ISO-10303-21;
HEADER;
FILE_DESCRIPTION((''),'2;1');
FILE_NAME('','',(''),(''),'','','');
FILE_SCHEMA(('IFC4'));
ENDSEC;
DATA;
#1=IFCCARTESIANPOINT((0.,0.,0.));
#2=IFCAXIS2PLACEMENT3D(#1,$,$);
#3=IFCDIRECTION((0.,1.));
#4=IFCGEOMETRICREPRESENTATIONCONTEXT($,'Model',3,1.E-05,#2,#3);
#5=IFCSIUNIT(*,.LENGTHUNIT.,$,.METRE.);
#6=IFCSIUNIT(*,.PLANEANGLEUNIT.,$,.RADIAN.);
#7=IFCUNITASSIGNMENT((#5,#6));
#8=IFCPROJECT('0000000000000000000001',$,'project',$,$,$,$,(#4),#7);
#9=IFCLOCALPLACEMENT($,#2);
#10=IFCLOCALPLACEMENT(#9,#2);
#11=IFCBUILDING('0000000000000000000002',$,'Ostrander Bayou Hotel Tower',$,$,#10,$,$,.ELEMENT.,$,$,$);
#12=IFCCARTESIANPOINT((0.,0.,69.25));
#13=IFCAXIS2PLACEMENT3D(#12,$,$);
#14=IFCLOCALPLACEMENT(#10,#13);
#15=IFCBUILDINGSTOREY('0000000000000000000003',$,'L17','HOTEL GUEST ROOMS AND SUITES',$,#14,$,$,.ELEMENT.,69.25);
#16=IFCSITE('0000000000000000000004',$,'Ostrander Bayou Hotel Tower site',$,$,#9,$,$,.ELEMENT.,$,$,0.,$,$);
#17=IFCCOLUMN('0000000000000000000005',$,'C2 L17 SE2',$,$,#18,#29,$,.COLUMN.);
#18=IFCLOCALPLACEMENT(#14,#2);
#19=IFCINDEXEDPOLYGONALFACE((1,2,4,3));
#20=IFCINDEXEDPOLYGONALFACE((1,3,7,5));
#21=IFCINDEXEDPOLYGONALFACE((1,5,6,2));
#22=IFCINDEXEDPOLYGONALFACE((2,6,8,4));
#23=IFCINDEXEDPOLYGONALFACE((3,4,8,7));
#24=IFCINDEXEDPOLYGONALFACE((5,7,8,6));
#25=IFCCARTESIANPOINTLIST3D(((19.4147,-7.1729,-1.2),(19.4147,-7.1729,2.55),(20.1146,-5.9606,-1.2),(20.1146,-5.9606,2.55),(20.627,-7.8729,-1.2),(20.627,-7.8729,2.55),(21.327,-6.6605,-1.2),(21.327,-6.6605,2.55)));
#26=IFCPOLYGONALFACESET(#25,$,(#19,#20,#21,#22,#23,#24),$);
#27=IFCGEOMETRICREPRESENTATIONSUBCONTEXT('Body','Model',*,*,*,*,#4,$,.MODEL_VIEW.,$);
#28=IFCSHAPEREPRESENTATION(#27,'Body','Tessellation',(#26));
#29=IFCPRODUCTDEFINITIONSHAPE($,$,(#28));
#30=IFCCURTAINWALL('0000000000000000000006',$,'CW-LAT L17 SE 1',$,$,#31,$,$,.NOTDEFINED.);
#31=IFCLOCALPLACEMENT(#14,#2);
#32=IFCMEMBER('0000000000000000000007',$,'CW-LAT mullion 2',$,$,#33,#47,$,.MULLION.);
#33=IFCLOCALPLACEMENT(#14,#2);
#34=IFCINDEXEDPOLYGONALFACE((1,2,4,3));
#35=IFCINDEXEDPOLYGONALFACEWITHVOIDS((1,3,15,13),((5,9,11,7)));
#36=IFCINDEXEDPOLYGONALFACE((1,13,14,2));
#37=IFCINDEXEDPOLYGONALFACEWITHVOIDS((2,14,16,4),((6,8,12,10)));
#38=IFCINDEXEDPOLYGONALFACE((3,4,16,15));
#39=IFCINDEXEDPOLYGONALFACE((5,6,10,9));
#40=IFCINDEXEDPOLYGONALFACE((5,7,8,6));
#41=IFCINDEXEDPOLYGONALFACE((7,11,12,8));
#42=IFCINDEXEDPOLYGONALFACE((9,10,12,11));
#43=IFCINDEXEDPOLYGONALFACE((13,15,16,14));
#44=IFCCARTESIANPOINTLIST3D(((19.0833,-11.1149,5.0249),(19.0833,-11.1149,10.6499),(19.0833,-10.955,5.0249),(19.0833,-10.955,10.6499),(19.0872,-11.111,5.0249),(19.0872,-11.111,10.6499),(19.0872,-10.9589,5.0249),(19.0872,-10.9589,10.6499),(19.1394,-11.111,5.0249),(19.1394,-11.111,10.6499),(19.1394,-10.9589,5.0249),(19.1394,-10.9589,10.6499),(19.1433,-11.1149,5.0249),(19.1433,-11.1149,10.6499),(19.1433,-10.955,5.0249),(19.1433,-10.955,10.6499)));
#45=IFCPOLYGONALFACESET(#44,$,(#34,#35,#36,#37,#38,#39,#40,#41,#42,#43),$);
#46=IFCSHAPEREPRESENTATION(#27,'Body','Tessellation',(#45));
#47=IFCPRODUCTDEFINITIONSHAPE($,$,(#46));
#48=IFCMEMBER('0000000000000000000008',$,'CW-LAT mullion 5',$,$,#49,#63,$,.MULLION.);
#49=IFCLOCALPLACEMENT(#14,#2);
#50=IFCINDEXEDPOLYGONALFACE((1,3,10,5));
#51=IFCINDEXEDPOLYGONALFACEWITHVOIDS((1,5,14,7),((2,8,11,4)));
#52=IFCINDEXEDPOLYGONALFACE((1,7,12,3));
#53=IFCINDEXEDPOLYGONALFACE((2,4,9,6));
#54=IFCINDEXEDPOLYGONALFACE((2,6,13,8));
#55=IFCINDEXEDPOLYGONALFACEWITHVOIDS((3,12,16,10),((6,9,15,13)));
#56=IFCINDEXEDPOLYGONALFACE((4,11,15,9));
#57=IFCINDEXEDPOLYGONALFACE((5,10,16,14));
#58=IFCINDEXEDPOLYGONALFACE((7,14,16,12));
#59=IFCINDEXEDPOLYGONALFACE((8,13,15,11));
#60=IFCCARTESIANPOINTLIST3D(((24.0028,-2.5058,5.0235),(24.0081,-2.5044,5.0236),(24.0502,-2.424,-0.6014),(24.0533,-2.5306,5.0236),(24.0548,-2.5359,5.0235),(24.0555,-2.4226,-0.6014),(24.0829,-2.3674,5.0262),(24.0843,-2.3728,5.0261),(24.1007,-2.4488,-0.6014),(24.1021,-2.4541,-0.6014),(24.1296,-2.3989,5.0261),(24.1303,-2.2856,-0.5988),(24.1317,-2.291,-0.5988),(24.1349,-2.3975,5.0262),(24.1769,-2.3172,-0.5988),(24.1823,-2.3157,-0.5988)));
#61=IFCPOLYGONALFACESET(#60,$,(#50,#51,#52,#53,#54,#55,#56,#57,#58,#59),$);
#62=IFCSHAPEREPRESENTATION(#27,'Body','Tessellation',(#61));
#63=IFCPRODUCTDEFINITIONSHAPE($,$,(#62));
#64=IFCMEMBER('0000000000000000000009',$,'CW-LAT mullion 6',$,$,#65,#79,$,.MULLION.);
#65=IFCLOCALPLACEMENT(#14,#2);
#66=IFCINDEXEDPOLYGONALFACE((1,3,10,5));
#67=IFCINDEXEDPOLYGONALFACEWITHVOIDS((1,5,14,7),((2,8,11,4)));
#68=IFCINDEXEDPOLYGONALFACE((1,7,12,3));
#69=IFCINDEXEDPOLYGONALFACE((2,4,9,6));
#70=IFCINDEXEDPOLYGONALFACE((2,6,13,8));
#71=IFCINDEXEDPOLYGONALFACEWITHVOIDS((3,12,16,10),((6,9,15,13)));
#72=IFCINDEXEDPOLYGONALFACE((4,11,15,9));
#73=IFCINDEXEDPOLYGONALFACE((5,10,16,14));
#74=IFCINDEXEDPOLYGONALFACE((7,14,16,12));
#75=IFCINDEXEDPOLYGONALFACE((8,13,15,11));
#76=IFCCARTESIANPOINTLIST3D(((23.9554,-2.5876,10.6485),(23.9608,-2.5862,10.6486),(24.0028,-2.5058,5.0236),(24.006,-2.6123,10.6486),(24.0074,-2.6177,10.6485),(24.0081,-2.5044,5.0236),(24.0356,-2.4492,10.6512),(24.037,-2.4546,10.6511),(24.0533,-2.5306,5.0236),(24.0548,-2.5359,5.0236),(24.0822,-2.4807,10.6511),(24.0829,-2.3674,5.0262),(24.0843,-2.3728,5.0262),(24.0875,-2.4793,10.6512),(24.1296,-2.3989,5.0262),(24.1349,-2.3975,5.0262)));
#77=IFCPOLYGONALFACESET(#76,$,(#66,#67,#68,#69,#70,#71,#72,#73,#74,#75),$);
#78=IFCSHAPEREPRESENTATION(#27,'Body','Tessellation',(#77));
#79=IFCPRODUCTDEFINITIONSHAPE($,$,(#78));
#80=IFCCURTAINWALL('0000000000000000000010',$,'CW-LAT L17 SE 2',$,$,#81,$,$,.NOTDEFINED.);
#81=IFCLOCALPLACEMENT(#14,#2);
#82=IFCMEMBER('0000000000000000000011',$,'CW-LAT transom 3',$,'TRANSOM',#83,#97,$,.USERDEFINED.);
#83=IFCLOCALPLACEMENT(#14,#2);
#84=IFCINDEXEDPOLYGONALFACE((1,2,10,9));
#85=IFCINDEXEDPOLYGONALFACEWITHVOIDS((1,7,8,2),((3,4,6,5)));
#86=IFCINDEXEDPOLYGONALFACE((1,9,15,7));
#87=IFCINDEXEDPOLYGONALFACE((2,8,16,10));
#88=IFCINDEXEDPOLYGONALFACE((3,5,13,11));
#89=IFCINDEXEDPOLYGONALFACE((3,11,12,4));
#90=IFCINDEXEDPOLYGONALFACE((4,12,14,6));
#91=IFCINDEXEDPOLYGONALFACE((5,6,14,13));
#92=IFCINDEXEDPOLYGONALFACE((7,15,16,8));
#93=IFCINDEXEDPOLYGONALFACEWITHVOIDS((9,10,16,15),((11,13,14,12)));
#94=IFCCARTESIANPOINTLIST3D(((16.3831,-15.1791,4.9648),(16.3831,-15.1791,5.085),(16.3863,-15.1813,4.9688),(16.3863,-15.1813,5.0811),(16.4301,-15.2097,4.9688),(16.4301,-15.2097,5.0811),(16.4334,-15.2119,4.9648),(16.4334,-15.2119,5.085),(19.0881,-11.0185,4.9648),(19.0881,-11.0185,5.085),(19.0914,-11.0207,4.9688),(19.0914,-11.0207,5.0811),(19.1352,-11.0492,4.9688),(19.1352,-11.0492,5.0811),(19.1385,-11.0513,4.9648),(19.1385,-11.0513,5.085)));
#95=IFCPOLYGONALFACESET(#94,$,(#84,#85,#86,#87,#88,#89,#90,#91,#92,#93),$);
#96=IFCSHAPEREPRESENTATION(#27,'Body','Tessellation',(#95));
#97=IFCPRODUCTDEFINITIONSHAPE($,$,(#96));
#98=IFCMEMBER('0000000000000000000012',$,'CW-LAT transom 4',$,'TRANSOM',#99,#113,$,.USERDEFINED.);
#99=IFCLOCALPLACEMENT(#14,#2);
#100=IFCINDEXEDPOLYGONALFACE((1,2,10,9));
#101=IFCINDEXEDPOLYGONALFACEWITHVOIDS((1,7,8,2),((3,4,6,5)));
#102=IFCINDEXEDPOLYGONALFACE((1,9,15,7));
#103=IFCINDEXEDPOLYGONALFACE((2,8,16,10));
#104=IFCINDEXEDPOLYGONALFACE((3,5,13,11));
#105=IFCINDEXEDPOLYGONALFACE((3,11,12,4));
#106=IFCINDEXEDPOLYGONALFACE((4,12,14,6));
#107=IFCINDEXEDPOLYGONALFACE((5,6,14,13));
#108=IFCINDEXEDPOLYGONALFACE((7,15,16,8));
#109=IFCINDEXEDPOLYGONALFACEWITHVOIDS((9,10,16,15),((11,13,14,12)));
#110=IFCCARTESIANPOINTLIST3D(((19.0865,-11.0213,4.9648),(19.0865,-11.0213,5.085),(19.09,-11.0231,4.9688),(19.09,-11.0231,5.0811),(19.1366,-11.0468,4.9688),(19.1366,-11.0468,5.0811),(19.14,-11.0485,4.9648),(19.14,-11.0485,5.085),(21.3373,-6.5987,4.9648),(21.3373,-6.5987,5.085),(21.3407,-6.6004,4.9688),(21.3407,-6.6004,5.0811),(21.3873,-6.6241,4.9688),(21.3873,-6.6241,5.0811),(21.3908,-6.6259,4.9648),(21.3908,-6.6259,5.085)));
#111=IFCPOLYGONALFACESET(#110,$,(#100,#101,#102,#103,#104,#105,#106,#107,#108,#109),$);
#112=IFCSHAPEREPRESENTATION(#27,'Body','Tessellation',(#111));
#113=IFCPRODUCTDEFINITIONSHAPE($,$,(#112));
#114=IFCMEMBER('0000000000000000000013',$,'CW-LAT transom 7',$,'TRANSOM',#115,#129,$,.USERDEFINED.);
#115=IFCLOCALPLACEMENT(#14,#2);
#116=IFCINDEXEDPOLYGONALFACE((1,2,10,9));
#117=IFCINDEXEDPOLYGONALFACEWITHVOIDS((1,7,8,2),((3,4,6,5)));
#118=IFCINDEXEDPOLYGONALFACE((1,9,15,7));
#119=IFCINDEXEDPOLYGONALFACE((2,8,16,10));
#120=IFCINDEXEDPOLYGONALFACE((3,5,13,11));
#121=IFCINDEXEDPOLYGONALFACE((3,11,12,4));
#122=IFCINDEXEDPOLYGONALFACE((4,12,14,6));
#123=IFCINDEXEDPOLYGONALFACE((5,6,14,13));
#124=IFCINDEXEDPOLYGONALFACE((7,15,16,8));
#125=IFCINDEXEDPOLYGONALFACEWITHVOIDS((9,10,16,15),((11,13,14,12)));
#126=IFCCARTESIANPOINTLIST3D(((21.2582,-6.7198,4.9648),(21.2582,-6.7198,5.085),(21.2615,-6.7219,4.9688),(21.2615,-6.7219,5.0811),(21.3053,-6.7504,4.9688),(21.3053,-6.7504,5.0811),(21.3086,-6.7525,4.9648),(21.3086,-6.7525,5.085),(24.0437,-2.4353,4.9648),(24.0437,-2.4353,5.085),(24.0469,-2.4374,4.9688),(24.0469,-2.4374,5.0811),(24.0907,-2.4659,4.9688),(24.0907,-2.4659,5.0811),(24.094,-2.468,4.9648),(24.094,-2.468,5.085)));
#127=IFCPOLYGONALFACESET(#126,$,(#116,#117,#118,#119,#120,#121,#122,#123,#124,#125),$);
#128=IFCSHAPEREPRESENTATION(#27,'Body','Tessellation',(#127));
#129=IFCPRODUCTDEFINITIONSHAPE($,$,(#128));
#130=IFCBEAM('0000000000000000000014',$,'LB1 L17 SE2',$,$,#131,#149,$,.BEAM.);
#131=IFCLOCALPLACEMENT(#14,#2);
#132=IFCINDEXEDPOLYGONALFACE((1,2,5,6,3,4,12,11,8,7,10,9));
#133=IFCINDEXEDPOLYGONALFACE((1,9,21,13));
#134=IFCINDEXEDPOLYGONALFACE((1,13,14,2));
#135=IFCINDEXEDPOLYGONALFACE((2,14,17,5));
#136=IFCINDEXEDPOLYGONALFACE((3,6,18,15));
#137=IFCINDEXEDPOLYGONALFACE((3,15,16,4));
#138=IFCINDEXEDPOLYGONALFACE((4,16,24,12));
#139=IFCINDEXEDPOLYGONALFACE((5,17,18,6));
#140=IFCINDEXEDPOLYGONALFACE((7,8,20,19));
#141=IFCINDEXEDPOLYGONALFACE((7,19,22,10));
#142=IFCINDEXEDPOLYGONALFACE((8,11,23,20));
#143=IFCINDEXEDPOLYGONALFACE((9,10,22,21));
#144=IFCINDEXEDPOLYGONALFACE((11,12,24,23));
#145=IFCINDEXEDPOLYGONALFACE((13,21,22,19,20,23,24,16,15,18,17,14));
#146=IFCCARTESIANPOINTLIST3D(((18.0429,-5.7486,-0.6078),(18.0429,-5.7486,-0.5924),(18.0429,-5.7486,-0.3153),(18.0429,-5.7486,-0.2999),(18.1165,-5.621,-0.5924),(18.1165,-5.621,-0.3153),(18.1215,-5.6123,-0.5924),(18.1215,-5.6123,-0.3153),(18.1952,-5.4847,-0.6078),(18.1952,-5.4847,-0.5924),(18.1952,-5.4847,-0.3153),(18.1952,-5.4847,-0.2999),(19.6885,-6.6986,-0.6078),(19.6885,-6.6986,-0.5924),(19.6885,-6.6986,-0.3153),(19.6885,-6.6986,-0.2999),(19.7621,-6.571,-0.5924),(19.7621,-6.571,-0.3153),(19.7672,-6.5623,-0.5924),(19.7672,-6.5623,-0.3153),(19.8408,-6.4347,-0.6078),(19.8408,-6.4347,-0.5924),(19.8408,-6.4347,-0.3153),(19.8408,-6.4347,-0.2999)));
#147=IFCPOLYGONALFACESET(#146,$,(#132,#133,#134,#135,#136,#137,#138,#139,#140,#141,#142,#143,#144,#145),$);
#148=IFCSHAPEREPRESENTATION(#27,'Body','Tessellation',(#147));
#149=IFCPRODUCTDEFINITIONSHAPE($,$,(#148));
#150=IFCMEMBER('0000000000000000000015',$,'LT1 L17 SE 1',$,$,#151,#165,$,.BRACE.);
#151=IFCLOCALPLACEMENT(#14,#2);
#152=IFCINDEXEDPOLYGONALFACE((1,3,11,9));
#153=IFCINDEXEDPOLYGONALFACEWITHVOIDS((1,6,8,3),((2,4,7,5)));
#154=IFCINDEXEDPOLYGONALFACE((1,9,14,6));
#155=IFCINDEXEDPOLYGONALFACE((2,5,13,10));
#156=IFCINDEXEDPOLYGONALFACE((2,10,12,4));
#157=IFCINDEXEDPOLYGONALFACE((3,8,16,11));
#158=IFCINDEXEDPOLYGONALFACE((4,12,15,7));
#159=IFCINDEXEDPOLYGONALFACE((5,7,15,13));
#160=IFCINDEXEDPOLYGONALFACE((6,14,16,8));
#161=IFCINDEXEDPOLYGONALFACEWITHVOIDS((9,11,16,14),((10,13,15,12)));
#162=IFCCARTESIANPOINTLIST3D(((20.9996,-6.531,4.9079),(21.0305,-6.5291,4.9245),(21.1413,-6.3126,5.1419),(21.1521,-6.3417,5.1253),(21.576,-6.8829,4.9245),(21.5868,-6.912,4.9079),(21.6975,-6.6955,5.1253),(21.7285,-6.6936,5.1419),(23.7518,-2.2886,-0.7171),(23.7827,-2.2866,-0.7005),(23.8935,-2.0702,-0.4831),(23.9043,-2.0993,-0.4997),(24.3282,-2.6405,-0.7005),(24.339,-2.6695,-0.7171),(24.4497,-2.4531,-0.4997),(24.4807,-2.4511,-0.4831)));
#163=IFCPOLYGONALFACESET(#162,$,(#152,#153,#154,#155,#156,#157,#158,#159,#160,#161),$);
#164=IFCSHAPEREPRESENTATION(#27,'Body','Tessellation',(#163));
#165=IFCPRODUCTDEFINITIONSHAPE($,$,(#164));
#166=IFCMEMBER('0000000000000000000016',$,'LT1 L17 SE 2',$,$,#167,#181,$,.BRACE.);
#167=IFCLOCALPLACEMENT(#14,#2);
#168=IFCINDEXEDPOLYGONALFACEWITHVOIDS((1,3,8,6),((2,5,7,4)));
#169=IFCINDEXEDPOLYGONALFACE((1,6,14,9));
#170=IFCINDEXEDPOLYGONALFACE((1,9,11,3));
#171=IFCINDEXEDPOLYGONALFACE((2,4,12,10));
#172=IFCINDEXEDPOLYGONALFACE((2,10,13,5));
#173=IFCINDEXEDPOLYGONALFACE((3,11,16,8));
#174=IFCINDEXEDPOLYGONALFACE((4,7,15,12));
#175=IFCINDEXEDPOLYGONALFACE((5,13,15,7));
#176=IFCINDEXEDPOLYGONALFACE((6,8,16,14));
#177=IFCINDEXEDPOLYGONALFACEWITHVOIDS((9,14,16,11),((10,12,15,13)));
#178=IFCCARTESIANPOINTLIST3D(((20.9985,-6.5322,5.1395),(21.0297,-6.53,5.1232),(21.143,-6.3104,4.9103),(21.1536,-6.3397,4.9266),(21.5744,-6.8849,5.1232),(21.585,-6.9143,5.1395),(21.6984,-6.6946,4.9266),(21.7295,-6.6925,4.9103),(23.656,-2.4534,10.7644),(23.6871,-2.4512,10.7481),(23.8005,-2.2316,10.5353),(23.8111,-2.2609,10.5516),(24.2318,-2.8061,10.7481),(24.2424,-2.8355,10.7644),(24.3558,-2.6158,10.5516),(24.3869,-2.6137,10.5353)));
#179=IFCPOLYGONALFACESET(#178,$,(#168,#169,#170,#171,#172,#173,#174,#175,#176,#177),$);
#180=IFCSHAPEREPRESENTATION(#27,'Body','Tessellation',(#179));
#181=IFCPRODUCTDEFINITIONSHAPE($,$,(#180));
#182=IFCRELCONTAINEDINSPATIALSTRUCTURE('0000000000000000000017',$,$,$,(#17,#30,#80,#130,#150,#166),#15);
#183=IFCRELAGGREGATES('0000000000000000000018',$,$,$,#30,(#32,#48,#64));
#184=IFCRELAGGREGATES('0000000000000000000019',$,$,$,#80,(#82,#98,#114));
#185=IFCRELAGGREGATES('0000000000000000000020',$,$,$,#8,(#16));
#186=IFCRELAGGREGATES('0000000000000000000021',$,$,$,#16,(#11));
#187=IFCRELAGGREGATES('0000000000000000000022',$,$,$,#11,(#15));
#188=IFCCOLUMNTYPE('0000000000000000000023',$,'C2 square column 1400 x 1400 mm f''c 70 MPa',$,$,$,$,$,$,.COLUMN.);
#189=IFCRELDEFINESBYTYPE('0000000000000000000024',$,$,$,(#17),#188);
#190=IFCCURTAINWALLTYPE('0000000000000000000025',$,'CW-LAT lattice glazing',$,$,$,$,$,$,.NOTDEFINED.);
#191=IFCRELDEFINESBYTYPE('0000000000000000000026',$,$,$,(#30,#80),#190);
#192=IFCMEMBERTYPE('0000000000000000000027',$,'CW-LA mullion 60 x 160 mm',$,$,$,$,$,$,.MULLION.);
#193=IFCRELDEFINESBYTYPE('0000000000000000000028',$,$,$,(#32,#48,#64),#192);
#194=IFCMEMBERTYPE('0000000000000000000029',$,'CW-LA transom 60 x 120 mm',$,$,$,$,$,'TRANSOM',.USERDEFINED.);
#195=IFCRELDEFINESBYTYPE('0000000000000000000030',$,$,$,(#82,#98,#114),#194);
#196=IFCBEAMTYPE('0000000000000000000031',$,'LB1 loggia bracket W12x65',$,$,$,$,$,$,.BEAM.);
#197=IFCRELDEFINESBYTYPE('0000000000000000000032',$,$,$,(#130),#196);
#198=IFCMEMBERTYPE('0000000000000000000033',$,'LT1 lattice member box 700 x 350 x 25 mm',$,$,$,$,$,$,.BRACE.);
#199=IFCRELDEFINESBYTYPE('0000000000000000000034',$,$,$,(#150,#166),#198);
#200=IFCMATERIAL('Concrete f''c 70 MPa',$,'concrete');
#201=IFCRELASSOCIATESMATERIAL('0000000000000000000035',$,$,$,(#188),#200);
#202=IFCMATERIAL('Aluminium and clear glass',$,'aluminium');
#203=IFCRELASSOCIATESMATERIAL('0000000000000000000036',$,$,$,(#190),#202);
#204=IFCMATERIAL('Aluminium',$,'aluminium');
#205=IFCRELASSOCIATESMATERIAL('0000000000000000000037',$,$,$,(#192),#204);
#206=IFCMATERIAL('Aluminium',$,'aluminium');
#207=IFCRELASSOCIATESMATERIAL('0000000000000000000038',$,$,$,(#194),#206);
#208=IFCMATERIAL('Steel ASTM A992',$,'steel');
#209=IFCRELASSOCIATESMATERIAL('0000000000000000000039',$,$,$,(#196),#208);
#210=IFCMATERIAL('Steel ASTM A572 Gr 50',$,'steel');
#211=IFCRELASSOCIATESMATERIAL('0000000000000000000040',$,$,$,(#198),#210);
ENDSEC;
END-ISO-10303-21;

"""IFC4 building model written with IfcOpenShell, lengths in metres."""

from ifc_helpers import new_model, si_unit, direction, frame, origin, origin_2d, place, context, subcontext, project, spatial, rectangle, hollow_rectangle, i_section, extrude, material, material_profile, profile_set, type_object, element, aggregate, save


model = new_model("IFC4")

# Units and contexts
model_context = context("Model", 3, precision=1e-05, world=origin(), true_north=direction((0.0, 1.0)))
body_context = subcontext(model_context, "Body", "Model", "MODEL_VIEW")
ifc_project = project(units=[si_unit("LENGTHUNIT", "METRE"), si_unit("PLANEANGLEUNIT", "RADIAN")], contexts=[model_context])

# Site, building, storey
site_placement = place(None, origin())
site = spatial("IfcSite", under=ifc_project, at=site_placement, Name="Ostrander Bayou Hotel Tower site", CompositionType="ELEMENT", RefElevation=0.0)
building_placement = place(site_placement, origin())
building = spatial("IfcBuilding", under=site, at=building_placement, Name="Ostrander Bayou Hotel Tower", CompositionType="ELEMENT")
storey_placement = place(building_placement, frame((0.0, 0.0, 69.25)))
storey = spatial("IfcBuildingStorey", under=building, at=storey_placement, Name="L17", Description="HOTEL GUEST ROOMS AND SUITES", CompositionType="ELEMENT", Elevation=69.25)

# Column
ifc_material_1 = material(Name="Concrete f'c 70 MPa", Category="concrete")
ifc_material_profile_1 = material_profile(ifc_material_1, rectangle(XDim=1.3999, YDim=1.3999, at=origin_2d()))
ifc_profile_set_1 = profile_set([ifc_material_profile_1], Name="Concrete f'c 70 MPa")
column_type = type_object("IfcColumnType", Name="C2 square column 1400 x 1400 mm f'c 70 MPa", PredefinedType="COLUMN", material=ifc_profile_set_1)
column_placement = place(storey_placement, frame((20.3708, -6.9167, -1.2), z_axis=(0.0, 0.0, 1.0), x_axis=(-0.5, -0.866025, 0.0)))
element("IfcColumn", 1, at=column_placement, inside=storey, type_object=column_type, Name="C2 L17 SE2", PredefinedType="COLUMN", context=body_context, shape_type="SweptSolid", body=[
    extrude(rectangle(XDim=1.3999, YDim=1.3999, at=origin_2d()), origin(), (0.0, 0.0, 1.0), 3.75),
])

# Curtain walls, members
ifc_material_2 = material(Name="Aluminium and clear glass", Category="aluminium")
curtain_wall_type = type_object("IfcCurtainWallType", Name="CW-LAT lattice glazing", PredefinedType="NOTDEFINED", material=ifc_material_2)
curtain_wall_1_placement = place(storey_placement, origin())
curtain_wall_1 = element("IfcCurtainWall", 2, at=curtain_wall_1_placement, inside=storey, type_object=curtain_wall_type, Name="CW-LAT L17 SE 1", PredefinedType="NOTDEFINED")
ifc_material_3 = material(Name="Aluminium", Category="aluminium")
ifc_material_profile_2 = material_profile(ifc_material_3, hollow_rectangle(XDim=0.0601, YDim=0.1599, WallThickness=0.0039, at=origin_2d()))
ifc_profile_set_2 = profile_set([ifc_material_profile_2], Name="Aluminium")
member_type_1 = type_object("IfcMemberType", Name="CW-LA mullion 60 x 160 mm", PredefinedType="MULLION", material=ifc_profile_set_2)
member_1_placement = place(storey_placement, frame((19.1133, -11.0349, 5.0249), z_axis=(0.0, 0.0, 1.0), x_axis=(1.0, 0.0, 0.0)))
member_1 = element("IfcMember", 3, at=member_1_placement, type_object=member_type_1, Name="CW-LAT mullion 2", PredefinedType="MULLION", context=body_context, shape_type="SweptSolid", body=[
    extrude(hollow_rectangle(XDim=0.0601, YDim=0.1599, WallThickness=0.0039, at=origin_2d()), origin(), (0.0, 0.0, 1.0), 5.625),
])
member_2_placement = place(storey_placement, frame((24.1162, -2.3699, -0.6001), z_axis=(-0.008419, -0.014538, 0.999859), x_axis=(0.865367, -0.501138, 0.0)))
member_2 = element("IfcMember", 4, at=member_2_placement, type_object=member_type_1, Name="CW-LAT mullion 5", PredefinedType="MULLION", context=body_context, shape_type="SweptSolid", body=[
    extrude(hollow_rectangle(XDim=0.0601, YDim=0.1599, WallThickness=0.0039, at=origin_2d()), origin(), (0.0, 0.0, 1.0), 5.6257),
])
member_3_placement = place(storey_placement, frame((24.0688, -2.4517, 5.0249), z_axis=(-0.008419, -0.014538, 0.999859), x_axis=(0.865367, -0.501138, 0.0)))
member_3 = element("IfcMember", 5, at=member_3_placement, type_object=member_type_1, Name="CW-LAT mullion 6", PredefinedType="MULLION", context=body_context, shape_type="SweptSolid", body=[
    extrude(hollow_rectangle(XDim=0.0601, YDim=0.1599, WallThickness=0.0039, at=origin_2d()), origin(), (0.0, 0.0, 1.0), 5.6257),
])
curtain_wall_2_placement = place(storey_placement, origin())
curtain_wall_2 = element("IfcCurtainWall", 6, at=curtain_wall_2_placement, inside=storey, type_object=curtain_wall_type, Name="CW-LAT L17 SE 2", PredefinedType="NOTDEFINED")
ifc_material_4 = material(Name="Aluminium", Category="aluminium")
ifc_material_profile_3 = material_profile(ifc_material_4, hollow_rectangle(XDim=0.0601, YDim=0.1201, WallThickness=0.0039, at=origin_2d()))
ifc_profile_set_3 = profile_set([ifc_material_profile_3], Name="Aluminium")
member_type_2 = type_object("IfcMemberType", Name="CW-LA transom 60 x 120 mm", ElementType="TRANSOM", PredefinedType="USERDEFINED", material=ifc_profile_set_3)
member_4_placement = place(storey_placement, frame((19.1133, -11.0349, 5.0249), z_axis=(-0.545082, -0.838383, 0.0), x_axis=(0.838383, -0.545082, 0.0)))
member_4 = element("IfcMember", 7, at=member_4_placement, type_object=member_type_2, Name="CW-LAT transom 3", ObjectType="TRANSOM", PredefinedType="USERDEFINED", context=body_context, shape_type="SweptSolid", body=[
    extrude(hollow_rectangle(XDim=0.0601, YDim=0.1201, WallThickness=0.0039, at=origin_2d()), origin(), (0.0, 0.0, 1.0), 4.9626),
])
member_5_placement = place(storey_placement, frame((19.1133, -11.0349, 5.0249), z_axis=(0.453559, 0.891226, 0.0), x_axis=(-0.891226, 0.453559, 0.0)))
member_5 = element("IfcMember", 8, at=member_5_placement, type_object=member_type_2, Name="CW-LAT transom 4", ObjectType="TRANSOM", PredefinedType="USERDEFINED", context=body_context, shape_type="SweptSolid", body=[
    extrude(hollow_rectangle(XDim=0.0601, YDim=0.1201, WallThickness=0.0039, at=origin_2d()), origin(), (0.0, 0.0, 1.0), 4.9624),
])
member_6_placement = place(storey_placement, frame((24.0688, -2.4517, 5.0249), z_axis=(-0.545061, -0.838397, 0.0), x_axis=(0.838397, -0.545061, 0.0)))
member_6 = element("IfcMember", 9, at=member_6_placement, type_object=member_type_2, Name="CW-LAT transom 7", ObjectType="TRANSOM", PredefinedType="USERDEFINED", context=body_context, shape_type="SweptSolid", body=[
    extrude(hollow_rectangle(XDim=0.0601, YDim=0.1201, WallThickness=0.0039, at=origin_2d()), origin(), (0.0, 0.0, 1.0), 5.1104),
])

# Beam
ifc_material_5 = material(Name="Steel ASTM A992", Category="steel")
ifc_material_profile_4 = material_profile(ifc_material_5, i_section(OverallWidth=0.3047, OverallDepth=0.3079, WebThickness=0.01, FlangeThickness=0.0154, at=origin_2d()))
ifc_profile_set_4 = profile_set([ifc_material_profile_4], Name="Steel ASTM A992")
beam_type_1 = type_object("IfcBeamType", Name="LB1 loggia bracket W12x65", PredefinedType="BEAM", material=ifc_profile_set_4)
beam_1_placement = place(storey_placement, frame((19.7646, -6.5667, -0.4539), z_axis=(-0.866044, 0.499967, 0.0), x_axis=(-0.499967, -0.866044, 0.0)))
element("IfcBeam", 10, at=beam_1_placement, inside=storey, type_object=beam_type_1, Name="LB1 L17 SE2", PredefinedType="BEAM", context=body_context, shape_type="SweptSolid", body=[
    extrude(i_section(OverallWidth=0.3047, OverallDepth=0.3079, WebThickness=0.01, FlangeThickness=0.0154, at=origin_2d()), origin(), (0.0, 0.0, 1.0), 1.9001),
])

# Members
ifc_material_6 = material(Name="Steel ASTM A572 Gr 50", Category="steel")
ifc_material_profile_5 = material_profile(ifc_material_6, hollow_rectangle(XDim=0.7, YDim=0.3501, WallThickness=0.0249, at=origin_2d()))
ifc_profile_set_5 = profile_set([ifc_material_profile_5], Name="Steel ASTM A572 Gr 50")
member_type_3 = type_object("IfcMemberType", Name="LT1 lattice member box 700 x 350 x 25 mm", PredefinedType="BRACE", material=ifc_profile_set_5)
member_7_placement = place(storey_placement, frame((21.364, -6.6123, 5.0249), z_axis=(0.363857, 0.560875, -0.743658), x_axis=(-0.83893, 0.54424, 0.0)))
element("IfcMember", 11, at=member_7_placement, inside=storey, type_object=member_type_3, Name="LT1 L17 SE 1", PredefinedType="BRACE", context=body_context, shape_type="SweptSolid", body=[
    extrude(hollow_rectangle(XDim=0.7, YDim=0.3501, WallThickness=0.0249, at=origin_2d()), origin(), (0.0, 0.0, 1.0), 7.564),
])
member_8_placement = place(storey_placement, frame((21.364, -6.6123, 5.0249), z_axis=(0.357231, 0.548302, 0.756142), x_axis=(-0.83786, 0.545885, 0.0)))
element("IfcMember", 12, at=member_8_placement, inside=storey, type_object=member_type_3, Name="LT1 L17 SE 2", PredefinedType="BRACE", context=body_context, shape_type="SweptSolid", body=[
    extrude(hollow_rectangle(XDim=0.7, YDim=0.3501, WallThickness=0.0249, at=origin_2d()), origin(), (0.0, 0.0, 1.0), 7.439),
])

aggregate(curtain_wall_1, [member_1, member_2, member_3])
aggregate(curtain_wall_2, [member_4, member_5, member_6])

save(model, "model.ifc")
